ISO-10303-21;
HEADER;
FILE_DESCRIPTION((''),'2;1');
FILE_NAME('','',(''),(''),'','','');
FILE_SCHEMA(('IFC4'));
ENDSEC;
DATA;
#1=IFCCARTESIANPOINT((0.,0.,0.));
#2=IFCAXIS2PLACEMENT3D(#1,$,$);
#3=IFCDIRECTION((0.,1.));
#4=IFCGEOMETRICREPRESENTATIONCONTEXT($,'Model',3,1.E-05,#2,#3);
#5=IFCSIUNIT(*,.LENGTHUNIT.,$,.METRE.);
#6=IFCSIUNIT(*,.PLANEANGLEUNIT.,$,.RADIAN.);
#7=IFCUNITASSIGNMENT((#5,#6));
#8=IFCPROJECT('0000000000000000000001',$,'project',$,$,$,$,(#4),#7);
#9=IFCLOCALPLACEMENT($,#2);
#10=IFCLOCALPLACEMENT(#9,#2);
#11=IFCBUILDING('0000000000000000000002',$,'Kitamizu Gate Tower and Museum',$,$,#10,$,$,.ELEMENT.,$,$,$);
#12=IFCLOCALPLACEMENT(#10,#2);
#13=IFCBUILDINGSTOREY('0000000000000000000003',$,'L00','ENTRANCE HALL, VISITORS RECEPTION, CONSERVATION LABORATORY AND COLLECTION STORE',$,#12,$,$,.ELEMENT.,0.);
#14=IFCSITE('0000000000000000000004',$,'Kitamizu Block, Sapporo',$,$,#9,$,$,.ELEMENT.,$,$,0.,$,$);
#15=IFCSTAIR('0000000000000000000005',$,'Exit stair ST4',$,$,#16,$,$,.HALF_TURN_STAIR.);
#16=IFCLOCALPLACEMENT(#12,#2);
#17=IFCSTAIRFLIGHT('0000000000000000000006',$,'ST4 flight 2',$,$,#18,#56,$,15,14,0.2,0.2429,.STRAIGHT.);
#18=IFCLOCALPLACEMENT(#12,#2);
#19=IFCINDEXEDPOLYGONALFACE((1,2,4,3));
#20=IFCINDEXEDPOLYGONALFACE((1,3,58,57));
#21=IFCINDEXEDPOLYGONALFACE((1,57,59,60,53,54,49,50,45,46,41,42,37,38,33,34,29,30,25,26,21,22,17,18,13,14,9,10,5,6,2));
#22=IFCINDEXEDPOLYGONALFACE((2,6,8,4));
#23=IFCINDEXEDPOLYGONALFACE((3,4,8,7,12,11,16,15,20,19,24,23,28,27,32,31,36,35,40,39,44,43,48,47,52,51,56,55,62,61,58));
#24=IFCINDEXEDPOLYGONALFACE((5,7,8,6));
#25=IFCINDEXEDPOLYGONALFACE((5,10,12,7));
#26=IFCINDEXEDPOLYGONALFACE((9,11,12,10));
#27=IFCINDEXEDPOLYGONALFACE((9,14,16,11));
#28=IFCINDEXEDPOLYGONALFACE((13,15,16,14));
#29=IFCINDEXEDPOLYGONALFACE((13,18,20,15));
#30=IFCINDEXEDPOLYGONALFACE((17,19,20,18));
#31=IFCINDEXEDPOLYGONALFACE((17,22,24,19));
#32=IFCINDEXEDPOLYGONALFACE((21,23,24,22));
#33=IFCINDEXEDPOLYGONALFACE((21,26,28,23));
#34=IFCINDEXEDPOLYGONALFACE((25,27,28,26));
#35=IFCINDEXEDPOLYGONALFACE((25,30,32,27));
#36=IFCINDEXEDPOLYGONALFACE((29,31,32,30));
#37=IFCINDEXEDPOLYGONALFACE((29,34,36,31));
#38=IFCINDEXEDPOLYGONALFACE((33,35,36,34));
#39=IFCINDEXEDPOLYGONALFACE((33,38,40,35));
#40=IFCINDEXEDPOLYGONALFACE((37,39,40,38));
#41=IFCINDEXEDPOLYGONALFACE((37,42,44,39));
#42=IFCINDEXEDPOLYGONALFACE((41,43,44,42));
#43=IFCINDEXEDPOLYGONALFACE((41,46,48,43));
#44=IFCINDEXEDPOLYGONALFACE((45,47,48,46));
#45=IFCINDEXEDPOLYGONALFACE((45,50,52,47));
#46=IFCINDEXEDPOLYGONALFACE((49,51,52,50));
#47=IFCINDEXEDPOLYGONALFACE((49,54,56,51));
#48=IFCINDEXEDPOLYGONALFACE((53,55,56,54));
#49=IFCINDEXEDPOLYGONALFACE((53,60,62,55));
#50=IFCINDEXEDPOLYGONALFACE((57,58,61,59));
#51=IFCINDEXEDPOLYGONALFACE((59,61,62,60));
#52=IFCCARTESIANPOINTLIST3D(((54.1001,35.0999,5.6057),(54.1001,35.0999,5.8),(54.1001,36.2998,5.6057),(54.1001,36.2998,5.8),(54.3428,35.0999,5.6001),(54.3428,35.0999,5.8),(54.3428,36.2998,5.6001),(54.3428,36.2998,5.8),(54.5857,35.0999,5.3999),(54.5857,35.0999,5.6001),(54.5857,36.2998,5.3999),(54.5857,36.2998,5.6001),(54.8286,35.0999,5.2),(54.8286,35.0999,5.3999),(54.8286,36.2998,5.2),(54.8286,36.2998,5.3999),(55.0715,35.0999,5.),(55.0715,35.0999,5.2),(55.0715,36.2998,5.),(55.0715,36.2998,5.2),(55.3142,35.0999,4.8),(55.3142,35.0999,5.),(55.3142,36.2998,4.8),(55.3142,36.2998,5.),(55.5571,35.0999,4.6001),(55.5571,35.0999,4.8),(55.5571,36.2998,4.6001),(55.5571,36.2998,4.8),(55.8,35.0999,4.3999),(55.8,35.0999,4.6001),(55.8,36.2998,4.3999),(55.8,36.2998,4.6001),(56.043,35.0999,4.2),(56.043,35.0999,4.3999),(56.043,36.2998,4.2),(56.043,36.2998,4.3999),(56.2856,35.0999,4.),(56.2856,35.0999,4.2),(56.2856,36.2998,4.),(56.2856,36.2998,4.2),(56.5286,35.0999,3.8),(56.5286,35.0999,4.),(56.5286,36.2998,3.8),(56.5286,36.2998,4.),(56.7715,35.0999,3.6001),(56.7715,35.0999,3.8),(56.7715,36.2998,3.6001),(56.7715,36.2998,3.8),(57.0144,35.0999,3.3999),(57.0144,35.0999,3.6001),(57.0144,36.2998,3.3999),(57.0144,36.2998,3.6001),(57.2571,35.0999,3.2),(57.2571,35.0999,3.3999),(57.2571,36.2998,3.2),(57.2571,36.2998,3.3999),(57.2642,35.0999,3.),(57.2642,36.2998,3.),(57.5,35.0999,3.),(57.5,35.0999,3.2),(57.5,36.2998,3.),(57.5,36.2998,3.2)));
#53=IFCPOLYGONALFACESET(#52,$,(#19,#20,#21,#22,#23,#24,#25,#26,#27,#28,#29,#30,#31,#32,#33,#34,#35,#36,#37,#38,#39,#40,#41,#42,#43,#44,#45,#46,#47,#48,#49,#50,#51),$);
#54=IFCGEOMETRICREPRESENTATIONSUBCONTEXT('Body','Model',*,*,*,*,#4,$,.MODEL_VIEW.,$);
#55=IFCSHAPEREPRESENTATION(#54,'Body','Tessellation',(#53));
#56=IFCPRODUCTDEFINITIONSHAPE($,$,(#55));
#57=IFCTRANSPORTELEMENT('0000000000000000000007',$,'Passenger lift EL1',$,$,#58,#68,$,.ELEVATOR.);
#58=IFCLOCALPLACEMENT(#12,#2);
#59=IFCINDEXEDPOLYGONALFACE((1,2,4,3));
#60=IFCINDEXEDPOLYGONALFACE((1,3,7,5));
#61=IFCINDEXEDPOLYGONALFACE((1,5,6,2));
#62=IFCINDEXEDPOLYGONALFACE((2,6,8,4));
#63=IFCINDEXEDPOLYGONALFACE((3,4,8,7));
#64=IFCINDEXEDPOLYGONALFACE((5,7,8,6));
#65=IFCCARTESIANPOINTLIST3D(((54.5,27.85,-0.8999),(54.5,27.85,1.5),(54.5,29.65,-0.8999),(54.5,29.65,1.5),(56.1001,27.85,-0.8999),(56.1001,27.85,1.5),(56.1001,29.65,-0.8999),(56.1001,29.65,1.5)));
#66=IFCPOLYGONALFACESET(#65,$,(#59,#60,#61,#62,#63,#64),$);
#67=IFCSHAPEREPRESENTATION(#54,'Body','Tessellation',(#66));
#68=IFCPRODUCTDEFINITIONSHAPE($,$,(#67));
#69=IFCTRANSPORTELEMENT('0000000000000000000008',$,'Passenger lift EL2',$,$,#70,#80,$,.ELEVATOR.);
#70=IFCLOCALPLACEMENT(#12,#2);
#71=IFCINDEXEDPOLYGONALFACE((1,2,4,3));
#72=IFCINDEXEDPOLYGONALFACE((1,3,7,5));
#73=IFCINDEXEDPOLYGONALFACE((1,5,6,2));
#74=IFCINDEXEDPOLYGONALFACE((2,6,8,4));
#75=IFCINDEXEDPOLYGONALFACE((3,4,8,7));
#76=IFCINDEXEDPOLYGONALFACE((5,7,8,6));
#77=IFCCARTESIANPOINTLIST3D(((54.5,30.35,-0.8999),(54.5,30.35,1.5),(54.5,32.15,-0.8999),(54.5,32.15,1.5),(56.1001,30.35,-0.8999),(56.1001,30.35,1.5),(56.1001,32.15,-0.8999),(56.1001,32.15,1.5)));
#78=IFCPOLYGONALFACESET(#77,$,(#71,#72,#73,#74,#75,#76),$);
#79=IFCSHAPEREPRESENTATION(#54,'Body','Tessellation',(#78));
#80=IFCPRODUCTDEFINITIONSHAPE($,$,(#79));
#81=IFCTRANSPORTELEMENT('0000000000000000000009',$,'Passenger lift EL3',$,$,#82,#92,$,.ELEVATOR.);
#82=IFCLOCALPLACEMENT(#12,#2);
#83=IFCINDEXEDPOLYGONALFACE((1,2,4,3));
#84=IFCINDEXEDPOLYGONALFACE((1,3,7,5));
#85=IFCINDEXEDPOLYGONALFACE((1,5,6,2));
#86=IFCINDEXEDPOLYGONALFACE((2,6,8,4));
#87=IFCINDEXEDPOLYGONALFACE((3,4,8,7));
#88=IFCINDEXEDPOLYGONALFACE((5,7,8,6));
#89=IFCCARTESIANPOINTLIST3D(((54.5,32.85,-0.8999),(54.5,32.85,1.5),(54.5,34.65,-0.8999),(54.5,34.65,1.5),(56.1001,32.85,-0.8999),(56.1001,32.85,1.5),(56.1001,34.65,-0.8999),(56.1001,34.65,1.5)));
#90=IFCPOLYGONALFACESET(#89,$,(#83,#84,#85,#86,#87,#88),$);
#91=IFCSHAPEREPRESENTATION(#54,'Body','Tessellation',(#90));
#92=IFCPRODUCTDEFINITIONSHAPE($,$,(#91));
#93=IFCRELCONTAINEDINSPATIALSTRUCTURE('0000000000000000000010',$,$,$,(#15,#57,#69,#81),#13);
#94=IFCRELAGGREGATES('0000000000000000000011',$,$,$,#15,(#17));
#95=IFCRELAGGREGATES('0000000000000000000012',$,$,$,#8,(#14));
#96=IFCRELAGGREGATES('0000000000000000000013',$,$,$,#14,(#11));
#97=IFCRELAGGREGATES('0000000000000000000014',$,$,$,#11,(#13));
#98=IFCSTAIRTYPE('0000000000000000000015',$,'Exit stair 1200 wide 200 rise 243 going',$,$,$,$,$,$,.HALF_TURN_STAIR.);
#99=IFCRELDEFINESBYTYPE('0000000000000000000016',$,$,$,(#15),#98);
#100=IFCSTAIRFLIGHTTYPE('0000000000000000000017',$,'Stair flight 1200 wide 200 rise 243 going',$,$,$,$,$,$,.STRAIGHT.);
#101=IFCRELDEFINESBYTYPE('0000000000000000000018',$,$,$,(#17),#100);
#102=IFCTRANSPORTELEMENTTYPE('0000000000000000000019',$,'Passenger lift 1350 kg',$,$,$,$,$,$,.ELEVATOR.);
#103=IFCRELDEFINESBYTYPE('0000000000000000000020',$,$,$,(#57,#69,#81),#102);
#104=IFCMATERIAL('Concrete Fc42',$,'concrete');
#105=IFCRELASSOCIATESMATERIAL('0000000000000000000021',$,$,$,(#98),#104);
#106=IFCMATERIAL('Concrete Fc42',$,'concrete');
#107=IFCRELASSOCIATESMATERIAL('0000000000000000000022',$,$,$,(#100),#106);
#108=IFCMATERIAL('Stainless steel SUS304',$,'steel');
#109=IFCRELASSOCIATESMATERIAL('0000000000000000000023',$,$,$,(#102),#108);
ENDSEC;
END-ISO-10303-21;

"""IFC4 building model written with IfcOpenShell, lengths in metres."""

from ifc_helpers import new_model, si_unit, direction, frame, origin, origin_2d, place, context, subcontext, project, spatial, polyline, rectangle, outline, extrude, material, type_object, element, aggregate, save


model = new_model("IFC4")

# Units and contexts
model_context = context("Model", 3, precision=1e-05, world=origin(), true_north=direction((0.0, 1.0)))
body_context = subcontext(model_context, "Body", "Model", "MODEL_VIEW")
ifc_project = project(units=[si_unit("LENGTHUNIT", "METRE"), si_unit("PLANEANGLEUNIT", "RADIAN")], contexts=[model_context])

# Site, building, storey
site_placement = place(None, origin())
site = spatial("IfcSite", under=ifc_project, at=site_placement, Name="Kitamizu Block, Sapporo", CompositionType="ELEMENT", RefElevation=0.0)
building_placement = place(site_placement, origin())
building = spatial("IfcBuilding", under=site, at=building_placement, Name="Kitamizu Gate Tower and Museum", CompositionType="ELEMENT")
storey_placement = place(building_placement, origin())
storey = spatial("IfcBuildingStorey", under=building, at=storey_placement, Name="L00", Description="ENTRANCE HALL, VISITORS RECEPTION, CONSERVATION LABORATORY AND COLLECTION STORE", CompositionType="ELEMENT", Elevation=0.0)

# Stair, stair flight
ifc_material_1 = material(Name="Concrete Fc42", Category="concrete")
stair_type = type_object("IfcStairType", Name="Exit stair 1200 wide 200 rise 243 going", PredefinedType="HALF_TURN_STAIR", material=ifc_material_1)
stair_placement = place(storey_placement, origin())
stair = element("IfcStair", 1, at=stair_placement, inside=storey, type_object=stair_type, Name="Exit stair ST4", PredefinedType="HALF_TURN_STAIR")
ifc_material_2 = material(Name="Concrete Fc42", Category="concrete")
stair_flight_type = type_object("IfcStairFlightType", Name="Stair flight 1200 wide 200 rise 243 going", PredefinedType="STRAIGHT", material=ifc_material_2)
stair_flight_placement = place(storey_placement, frame((57.5, 35.7, 3.0), z_axis=(0.0, 0.0, 1.0), x_axis=(-1.0, 0.0, 0.0)))
stair_flight = element("IfcStairFlight", 2, at=stair_flight_placement, type_object=stair_flight_type, Name="ST4 flight 2", NumberOfRisers=15, NumberOfTreads=14, PredefinedType="STRAIGHT", RiserHeight=0.2, TreadLength=0.2429, context=body_context, shape_type="SweptSolid", body=[
    extrude(outline(polyline([(0.0, 0.0), (0.0, 0.2), (0.2429, 0.2), (0.2429, 0.3999), (0.4856, 0.3999), (0.4856, 0.6001), (0.7285, 0.6001), (0.7285, 0.8), (0.9714, 0.8), (0.9714, 1.0), (1.2144, 1.0), (1.2144, 1.2), (1.457, 1.2), (1.457, 1.3999), (1.7, 1.3999), (1.7, 1.6001), (1.9429, 1.6001), (1.9429, 1.8), (2.1858, 1.8), (2.1858, 2.0), (2.4285, 2.0), (2.4285, 2.2), (2.6714, 2.2), (2.6714, 2.3999), (2.9143, 2.3999), (2.9143, 2.6001), (3.1572, 2.6001), (3.1572, 2.8), (3.3999, 2.8), (3.3999, 3.0), (3.3999, 2.6057), (0.2358, 0.0), (0.0, 0.0)])), frame((0.0, 0.6001, 0.0), z_axis=(0.0, -1.0, 0.0), x_axis=(1.0, 0.0, 0.0)), (0.0, 0.0, 1.0), 1.2),
])
aggregate(stair, [stair_flight])

# Transport elements
ifc_material_3 = material(Name="Stainless steel SUS304", Category="steel")
transport_element_type = type_object("IfcTransportElementType", Name="Passenger lift 1350 kg", PredefinedType="ELEVATOR", material=ifc_material_3)
for number, where, z_axis, x_axis, name in (
    (3, (55.3, 28.75, -0.8999), (0.0, 0.0, 1.0), (1.0, 0.0, 0.0), "Passenger lift EL1"),
    (4, (55.3, 31.25, -0.8999), (0.0, 0.0, 1.0), (1.0, 0.0, 0.0), "Passenger lift EL2"),
    (5, (55.3, 33.75, -0.8999), (0.0, 0.0, 1.0), (1.0, 0.0, 0.0), "Passenger lift EL3"),
):
    element("IfcTransportElement", number, at=place(storey_placement, frame(where, z_axis=z_axis, x_axis=x_axis)), inside=storey, type_object=transport_element_type, Name=name, PredefinedType="ELEVATOR", context=body_context, shape_type="SweptSolid", body=[
        extrude(rectangle(XDim=1.6001, YDim=1.8, at=origin_2d()), origin(), (0.0, 0.0, 1.0), 2.3999),
    ])

save(model, "model.ifc")
